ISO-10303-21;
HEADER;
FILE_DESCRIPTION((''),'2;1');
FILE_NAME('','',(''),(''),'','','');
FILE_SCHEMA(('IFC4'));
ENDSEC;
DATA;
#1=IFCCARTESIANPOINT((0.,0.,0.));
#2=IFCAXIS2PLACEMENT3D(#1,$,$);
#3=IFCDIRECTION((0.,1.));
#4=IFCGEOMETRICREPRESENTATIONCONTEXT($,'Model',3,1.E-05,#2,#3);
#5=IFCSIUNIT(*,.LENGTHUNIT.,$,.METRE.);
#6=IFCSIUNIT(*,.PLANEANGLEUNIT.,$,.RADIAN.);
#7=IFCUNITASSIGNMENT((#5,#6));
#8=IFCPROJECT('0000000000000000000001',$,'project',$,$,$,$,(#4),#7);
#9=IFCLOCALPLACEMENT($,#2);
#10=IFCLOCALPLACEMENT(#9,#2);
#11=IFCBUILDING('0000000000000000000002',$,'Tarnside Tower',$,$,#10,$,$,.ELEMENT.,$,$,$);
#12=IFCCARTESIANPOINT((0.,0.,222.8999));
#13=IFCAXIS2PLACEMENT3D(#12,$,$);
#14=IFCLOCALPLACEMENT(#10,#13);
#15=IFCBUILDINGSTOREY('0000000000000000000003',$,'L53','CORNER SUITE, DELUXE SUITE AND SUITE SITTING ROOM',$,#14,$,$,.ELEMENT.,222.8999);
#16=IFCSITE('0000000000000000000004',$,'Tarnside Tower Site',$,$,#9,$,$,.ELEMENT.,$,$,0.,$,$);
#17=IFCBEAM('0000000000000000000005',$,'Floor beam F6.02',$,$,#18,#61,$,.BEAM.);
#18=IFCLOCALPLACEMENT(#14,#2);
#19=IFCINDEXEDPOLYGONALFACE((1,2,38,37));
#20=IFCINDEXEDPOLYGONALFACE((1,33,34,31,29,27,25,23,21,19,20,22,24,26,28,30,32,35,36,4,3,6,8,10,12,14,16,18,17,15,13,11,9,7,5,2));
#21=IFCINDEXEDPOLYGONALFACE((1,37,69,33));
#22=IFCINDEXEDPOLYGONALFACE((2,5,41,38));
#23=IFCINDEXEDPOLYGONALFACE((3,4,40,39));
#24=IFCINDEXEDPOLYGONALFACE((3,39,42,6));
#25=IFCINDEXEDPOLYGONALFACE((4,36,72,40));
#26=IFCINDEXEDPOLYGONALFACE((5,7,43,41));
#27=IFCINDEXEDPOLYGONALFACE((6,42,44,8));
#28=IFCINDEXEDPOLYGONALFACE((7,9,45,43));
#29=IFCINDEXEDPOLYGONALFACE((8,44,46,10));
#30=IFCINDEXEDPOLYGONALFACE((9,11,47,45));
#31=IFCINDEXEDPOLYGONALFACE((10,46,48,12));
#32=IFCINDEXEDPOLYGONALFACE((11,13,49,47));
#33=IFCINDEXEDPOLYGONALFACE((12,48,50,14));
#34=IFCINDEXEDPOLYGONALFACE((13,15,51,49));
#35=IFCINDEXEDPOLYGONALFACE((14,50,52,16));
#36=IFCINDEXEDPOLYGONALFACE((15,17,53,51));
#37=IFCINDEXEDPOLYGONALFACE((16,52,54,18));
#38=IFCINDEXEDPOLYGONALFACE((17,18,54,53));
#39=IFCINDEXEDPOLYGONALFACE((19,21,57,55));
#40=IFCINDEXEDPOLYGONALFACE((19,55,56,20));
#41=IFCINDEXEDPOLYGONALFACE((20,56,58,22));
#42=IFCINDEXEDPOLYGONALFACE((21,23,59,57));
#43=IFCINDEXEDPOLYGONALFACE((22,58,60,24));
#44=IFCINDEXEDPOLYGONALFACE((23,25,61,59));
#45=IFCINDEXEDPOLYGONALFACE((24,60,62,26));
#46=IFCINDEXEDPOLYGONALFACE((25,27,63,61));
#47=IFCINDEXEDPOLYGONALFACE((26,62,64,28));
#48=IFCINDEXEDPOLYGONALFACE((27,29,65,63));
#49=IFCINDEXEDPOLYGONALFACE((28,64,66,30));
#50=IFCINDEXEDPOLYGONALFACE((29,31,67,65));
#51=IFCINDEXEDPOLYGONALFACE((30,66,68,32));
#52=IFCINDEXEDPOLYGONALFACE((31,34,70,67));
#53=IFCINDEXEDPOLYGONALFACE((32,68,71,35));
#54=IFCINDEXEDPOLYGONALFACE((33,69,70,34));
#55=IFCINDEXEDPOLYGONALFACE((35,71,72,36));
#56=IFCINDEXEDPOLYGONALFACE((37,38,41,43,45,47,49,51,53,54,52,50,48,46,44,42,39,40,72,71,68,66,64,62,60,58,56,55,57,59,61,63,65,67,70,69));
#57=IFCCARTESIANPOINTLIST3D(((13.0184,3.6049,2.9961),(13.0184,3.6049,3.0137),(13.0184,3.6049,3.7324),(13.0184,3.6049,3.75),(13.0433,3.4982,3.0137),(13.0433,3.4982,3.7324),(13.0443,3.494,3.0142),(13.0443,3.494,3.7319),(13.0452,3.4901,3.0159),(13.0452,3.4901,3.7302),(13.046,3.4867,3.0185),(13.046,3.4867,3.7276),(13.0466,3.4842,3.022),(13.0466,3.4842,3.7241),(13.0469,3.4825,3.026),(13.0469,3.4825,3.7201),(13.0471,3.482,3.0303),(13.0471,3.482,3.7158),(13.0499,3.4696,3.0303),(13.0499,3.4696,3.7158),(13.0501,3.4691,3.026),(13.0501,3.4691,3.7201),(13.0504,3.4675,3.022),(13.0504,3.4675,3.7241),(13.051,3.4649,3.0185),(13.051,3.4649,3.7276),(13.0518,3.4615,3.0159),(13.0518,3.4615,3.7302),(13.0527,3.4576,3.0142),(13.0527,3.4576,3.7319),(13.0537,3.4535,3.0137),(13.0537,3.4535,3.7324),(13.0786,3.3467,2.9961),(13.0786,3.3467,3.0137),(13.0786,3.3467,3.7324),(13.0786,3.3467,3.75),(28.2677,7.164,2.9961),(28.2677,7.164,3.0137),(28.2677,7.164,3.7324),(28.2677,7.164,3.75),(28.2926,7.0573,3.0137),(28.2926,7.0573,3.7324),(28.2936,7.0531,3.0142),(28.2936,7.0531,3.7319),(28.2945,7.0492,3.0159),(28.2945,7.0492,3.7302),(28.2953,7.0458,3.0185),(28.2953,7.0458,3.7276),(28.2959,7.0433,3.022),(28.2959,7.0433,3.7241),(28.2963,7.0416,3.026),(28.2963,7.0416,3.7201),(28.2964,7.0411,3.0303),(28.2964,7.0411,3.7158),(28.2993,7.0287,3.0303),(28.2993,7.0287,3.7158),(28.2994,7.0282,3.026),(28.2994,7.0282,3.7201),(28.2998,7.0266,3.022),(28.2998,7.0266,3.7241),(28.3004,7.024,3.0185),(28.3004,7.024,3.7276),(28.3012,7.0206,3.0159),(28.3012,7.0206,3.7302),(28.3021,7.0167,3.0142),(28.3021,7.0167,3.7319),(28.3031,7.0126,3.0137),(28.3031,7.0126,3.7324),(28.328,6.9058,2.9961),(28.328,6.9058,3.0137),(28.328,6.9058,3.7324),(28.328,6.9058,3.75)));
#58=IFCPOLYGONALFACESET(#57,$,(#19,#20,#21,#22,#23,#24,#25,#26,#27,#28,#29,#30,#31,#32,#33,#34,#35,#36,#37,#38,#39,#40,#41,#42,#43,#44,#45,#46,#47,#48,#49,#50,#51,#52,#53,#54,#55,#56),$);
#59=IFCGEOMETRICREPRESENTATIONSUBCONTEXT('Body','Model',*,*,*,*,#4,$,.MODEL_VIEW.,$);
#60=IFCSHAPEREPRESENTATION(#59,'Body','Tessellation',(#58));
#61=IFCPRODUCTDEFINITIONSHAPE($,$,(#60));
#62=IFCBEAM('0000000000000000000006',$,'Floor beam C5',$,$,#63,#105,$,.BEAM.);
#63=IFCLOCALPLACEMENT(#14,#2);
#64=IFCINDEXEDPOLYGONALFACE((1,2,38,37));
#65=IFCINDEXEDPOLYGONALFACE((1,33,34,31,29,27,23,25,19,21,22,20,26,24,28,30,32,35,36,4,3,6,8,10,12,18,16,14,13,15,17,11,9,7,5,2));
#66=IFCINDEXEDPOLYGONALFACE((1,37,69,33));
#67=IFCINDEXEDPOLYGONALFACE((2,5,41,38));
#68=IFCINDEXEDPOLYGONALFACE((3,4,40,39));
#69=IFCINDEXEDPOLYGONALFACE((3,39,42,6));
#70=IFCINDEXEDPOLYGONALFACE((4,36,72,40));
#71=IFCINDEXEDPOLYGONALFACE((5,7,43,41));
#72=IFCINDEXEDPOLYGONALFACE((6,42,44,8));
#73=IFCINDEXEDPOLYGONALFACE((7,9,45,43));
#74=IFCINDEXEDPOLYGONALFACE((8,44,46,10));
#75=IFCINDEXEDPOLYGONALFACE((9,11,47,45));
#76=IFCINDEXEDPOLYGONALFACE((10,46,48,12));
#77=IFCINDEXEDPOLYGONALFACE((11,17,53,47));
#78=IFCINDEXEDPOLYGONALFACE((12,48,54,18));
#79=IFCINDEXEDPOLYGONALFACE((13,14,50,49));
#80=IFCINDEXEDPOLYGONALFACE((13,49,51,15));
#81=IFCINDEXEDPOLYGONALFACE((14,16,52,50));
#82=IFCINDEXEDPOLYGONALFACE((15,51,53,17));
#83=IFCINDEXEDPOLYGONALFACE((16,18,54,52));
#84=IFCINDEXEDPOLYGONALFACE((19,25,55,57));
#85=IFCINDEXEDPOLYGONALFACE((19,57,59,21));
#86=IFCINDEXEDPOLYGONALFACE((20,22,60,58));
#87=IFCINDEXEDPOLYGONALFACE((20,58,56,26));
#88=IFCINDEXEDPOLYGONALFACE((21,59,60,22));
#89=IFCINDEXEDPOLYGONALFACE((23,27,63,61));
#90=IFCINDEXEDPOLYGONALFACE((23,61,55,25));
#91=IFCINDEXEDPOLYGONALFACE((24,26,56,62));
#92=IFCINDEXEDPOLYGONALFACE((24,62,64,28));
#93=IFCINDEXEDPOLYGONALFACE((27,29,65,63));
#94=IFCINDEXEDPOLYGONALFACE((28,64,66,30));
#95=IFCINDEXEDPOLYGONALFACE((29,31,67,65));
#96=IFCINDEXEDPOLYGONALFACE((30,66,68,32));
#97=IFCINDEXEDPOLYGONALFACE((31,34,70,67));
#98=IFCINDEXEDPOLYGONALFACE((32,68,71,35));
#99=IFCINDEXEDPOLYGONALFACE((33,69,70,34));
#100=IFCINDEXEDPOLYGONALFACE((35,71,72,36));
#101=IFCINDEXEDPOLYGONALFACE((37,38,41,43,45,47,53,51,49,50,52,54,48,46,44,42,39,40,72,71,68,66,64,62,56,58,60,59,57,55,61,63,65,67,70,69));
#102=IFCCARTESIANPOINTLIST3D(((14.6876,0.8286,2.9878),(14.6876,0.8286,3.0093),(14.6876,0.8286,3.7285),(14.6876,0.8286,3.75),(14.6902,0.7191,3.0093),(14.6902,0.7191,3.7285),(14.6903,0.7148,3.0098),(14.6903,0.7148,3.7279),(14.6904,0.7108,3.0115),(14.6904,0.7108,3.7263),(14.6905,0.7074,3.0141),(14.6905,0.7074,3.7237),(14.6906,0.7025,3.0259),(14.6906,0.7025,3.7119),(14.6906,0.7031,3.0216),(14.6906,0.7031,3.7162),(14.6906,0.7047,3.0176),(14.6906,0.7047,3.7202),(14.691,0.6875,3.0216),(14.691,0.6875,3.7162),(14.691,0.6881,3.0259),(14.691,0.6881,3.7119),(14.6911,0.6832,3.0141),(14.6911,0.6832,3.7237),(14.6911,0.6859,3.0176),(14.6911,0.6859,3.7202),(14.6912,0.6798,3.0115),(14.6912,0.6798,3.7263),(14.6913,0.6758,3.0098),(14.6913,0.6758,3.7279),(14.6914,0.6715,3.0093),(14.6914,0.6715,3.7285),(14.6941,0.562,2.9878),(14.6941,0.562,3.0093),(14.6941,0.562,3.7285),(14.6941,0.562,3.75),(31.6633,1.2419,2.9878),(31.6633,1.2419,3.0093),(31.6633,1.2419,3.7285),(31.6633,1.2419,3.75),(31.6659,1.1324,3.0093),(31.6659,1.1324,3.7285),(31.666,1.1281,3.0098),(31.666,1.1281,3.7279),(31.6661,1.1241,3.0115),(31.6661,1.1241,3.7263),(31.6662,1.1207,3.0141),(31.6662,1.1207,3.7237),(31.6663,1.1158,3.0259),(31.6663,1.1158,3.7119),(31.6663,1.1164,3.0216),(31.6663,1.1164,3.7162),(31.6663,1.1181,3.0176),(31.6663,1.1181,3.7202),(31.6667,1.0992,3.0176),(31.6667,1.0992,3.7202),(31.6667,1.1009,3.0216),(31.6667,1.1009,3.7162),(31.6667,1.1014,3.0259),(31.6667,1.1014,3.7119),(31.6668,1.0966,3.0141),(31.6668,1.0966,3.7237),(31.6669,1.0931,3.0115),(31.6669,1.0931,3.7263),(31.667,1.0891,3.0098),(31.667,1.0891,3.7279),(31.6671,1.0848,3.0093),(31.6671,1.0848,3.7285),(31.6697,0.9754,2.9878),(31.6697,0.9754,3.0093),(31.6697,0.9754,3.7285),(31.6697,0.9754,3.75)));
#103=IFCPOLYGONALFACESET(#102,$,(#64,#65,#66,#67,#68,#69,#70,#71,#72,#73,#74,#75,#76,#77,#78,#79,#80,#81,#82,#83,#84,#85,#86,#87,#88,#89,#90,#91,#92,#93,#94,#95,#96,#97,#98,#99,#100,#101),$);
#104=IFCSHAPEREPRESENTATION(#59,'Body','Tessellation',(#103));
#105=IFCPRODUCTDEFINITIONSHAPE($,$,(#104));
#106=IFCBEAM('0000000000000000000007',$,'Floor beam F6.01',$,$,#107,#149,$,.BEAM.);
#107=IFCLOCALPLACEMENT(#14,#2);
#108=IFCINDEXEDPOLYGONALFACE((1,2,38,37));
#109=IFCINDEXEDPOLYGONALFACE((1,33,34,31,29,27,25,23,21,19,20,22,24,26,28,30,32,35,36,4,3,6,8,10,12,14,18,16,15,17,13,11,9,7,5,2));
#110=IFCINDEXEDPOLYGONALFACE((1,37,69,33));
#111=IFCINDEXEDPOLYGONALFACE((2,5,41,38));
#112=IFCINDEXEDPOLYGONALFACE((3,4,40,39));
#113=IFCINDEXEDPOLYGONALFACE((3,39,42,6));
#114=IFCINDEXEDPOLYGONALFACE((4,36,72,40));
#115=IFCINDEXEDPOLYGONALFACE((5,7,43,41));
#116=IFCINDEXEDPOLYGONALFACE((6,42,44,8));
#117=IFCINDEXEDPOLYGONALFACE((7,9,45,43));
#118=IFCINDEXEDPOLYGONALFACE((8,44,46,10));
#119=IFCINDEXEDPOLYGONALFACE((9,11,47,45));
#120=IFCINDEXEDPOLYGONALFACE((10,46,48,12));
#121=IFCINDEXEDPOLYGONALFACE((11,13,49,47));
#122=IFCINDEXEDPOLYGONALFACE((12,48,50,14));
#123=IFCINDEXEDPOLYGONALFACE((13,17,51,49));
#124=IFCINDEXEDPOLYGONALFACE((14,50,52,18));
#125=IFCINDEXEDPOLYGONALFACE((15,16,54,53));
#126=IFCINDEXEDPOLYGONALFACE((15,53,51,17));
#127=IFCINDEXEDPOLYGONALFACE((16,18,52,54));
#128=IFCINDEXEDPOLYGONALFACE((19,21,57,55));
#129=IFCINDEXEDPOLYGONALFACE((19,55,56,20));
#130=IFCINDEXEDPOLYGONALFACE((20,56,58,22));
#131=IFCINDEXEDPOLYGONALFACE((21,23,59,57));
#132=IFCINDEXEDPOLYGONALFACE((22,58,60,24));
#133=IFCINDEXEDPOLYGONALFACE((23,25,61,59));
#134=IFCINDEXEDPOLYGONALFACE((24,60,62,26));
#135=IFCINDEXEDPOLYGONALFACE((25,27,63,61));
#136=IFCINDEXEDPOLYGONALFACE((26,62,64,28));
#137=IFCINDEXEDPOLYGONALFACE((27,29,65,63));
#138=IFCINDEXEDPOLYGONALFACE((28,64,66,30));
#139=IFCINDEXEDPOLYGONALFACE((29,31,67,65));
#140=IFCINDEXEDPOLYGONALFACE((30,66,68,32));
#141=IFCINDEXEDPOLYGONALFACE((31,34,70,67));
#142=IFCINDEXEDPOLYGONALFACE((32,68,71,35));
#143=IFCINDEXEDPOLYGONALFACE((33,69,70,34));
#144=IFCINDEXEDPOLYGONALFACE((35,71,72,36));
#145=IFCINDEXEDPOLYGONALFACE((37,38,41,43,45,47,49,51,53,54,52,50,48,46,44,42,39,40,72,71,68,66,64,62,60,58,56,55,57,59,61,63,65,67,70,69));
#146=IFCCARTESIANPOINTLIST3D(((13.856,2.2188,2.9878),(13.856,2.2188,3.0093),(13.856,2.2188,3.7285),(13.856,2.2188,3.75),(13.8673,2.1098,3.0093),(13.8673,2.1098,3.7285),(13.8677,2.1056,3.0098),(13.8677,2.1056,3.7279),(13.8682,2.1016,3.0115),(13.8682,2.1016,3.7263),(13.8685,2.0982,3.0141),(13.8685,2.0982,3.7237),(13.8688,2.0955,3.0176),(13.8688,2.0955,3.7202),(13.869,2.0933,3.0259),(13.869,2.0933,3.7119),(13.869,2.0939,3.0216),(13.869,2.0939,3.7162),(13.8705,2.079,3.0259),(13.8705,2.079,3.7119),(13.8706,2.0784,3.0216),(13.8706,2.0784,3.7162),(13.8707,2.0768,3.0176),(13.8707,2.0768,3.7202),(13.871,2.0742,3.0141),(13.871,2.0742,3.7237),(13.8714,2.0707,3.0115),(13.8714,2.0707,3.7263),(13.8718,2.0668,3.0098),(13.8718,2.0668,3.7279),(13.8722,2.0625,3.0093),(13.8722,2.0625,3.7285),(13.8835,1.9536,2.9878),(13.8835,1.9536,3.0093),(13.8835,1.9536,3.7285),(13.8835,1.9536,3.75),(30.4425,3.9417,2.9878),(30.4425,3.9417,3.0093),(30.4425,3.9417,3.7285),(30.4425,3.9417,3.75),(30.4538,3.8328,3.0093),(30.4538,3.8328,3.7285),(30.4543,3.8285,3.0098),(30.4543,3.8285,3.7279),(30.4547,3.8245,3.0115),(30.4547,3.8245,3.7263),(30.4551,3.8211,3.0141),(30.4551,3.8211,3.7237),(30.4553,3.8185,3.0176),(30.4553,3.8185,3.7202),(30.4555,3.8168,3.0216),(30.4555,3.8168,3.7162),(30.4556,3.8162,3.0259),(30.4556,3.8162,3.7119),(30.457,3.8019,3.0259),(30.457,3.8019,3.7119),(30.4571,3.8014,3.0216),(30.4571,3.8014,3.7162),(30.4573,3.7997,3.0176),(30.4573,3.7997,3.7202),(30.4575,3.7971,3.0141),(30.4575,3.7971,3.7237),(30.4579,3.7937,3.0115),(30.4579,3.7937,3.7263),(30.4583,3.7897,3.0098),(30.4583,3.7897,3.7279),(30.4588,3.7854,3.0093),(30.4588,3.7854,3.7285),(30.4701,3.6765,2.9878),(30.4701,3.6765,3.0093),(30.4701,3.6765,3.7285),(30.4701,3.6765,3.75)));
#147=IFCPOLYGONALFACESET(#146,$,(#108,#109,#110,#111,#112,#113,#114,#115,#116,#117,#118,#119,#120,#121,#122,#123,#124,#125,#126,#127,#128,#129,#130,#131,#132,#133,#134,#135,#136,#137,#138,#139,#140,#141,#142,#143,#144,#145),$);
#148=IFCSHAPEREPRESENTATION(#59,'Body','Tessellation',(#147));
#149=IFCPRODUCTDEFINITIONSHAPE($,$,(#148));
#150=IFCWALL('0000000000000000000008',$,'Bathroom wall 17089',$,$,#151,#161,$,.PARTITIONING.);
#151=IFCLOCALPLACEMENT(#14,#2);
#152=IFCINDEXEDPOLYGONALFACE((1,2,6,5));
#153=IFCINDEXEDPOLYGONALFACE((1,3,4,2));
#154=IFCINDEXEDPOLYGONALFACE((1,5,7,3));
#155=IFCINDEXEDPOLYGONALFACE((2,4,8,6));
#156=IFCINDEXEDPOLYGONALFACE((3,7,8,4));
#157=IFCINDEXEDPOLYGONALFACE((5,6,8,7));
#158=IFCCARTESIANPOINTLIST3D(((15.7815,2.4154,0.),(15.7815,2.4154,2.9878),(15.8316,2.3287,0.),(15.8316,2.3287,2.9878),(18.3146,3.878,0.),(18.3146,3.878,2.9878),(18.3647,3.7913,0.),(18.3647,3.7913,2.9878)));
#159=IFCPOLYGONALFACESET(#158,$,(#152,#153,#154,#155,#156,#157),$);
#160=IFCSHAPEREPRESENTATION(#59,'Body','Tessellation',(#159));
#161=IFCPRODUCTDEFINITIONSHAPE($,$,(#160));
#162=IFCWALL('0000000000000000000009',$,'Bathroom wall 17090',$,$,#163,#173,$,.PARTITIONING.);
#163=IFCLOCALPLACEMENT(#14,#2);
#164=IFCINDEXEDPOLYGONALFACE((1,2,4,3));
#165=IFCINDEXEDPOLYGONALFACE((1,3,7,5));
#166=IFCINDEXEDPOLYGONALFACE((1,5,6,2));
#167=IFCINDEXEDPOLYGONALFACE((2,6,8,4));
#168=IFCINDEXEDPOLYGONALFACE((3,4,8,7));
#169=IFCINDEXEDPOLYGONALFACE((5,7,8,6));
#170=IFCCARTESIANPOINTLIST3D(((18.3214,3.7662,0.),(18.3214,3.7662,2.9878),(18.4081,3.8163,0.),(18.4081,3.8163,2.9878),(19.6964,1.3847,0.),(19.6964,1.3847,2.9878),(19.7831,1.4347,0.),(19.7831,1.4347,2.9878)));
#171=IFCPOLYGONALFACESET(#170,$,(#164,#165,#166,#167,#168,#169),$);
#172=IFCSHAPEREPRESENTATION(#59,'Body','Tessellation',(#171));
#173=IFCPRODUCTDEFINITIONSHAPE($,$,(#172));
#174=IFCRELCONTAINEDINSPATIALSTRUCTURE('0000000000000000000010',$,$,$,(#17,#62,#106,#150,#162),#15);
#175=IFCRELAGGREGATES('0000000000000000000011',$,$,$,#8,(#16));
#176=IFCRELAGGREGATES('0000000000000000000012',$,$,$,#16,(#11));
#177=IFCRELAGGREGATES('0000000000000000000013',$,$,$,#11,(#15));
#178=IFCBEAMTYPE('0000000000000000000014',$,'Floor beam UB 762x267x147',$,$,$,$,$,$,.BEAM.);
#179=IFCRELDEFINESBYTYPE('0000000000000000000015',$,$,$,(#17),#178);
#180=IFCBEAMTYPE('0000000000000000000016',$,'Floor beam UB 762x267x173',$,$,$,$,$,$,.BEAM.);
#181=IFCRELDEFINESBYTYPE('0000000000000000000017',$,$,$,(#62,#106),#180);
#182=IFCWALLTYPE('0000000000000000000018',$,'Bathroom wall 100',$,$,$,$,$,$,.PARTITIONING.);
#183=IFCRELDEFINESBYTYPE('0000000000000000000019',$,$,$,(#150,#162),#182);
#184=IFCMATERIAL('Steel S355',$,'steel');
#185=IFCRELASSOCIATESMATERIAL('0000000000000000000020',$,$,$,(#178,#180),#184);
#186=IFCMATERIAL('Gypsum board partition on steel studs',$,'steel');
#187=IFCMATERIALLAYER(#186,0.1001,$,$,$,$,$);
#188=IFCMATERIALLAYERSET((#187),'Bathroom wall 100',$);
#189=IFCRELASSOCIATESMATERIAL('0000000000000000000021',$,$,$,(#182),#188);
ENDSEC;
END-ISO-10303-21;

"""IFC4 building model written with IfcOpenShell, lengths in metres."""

from ifc_helpers import new_model, si_unit, direction, frame, frame_2d, origin, origin_2d, place, context, subcontext, project, spatial, rectangle, i_section, extrude, material, layer, layer_set, material_profile, profile_set, type_object, element, save


model = new_model("IFC4")

# Units and contexts
model_context = context("Model", 3, precision=1e-05, world=origin(), true_north=direction((0.0, 1.0)))
body_context = subcontext(model_context, "Body", "Model", "MODEL_VIEW")
ifc_project = project(units=[si_unit("LENGTHUNIT", "METRE"), si_unit("PLANEANGLEUNIT", "RADIAN")], contexts=[model_context])

# Site, building, storey
site_placement = place(None, origin())
site = spatial("IfcSite", under=ifc_project, at=site_placement, Name="Tarnside Tower Site", CompositionType="ELEMENT", RefElevation=0.0)
building_placement = place(site_placement, origin())
building = spatial("IfcBuilding", under=site, at=building_placement, Name="Tarnside Tower", CompositionType="ELEMENT")
storey_placement = place(building_placement, frame((0.0, 0.0, 222.8999)))
storey = spatial("IfcBuildingStorey", under=building, at=storey_placement, Name="L53", Description="CORNER SUITE, DELUXE SUITE AND SUITE SITTING ROOM", CompositionType="ELEMENT", Elevation=222.8999)

# Beams
ifc_material_1 = material(Name="Steel S355", Category="steel")
ifc_material_profile_1 = material_profile(ifc_material_1, i_section(OverallWidth=0.2651, OverallDepth=0.7539, WebThickness=0.0127, FlangeThickness=0.0176, FilletRadius=0.0166, at=origin_2d()), Name="UB 762x267x147")
ifc_profile_set_1 = profile_set([ifc_material_profile_1], Name="Steel S355")
beam_type_1 = type_object("IfcBeamType", Name="Floor beam UB 762x267x147", PredefinedType="BEAM", material=ifc_profile_set_1)
beam_1_placement = place(storey_placement, frame((28.2979, 7.0349, 3.373), z_axis=(-0.973828, -0.227285, 0.0), x_axis=(0.227285, -0.973828, 0.0)))
element("IfcBeam", 1, at=beam_1_placement, inside=storey, type_object=beam_type_1, Name="Floor beam F6.02", PredefinedType="BEAM", context=body_context, shape_type="SweptSolid", body=[
    extrude(i_section(OverallWidth=0.2651, OverallDepth=0.7539, WebThickness=0.0127, FlangeThickness=0.0176, FilletRadius=0.0166, at=origin_2d()), origin(), (0.0, 0.0, 1.0), 15.6592),
])
ifc_material_profile_2 = material_profile(ifc_material_1, i_section(OverallWidth=0.2666, OverallDepth=0.7622, WebThickness=0.0144, FlangeThickness=0.0215, FilletRadius=0.0166, at=origin_2d()), Name="UB 762x267x173")
ifc_profile_set_2 = profile_set([ifc_material_profile_2], Name="Steel S355")
beam_type_2 = type_object("IfcBeamType", Name="Floor beam UB 762x267x173", PredefinedType="BEAM", material=ifc_profile_set_2)
beam_2_placement = place(storey_placement, frame((31.6665, 1.1086, 3.3689), z_axis=(-0.999704, -0.024341, 0.0), x_axis=(0.024341, -0.999704, 0.0)))
element("IfcBeam", 2, at=beam_2_placement, inside=storey, type_object=beam_type_2, Name="Floor beam C5", PredefinedType="BEAM", context=body_context, shape_type="SweptSolid", body=[
    extrude(i_section(OverallWidth=0.2666, OverallDepth=0.7622, WebThickness=0.0144, FlangeThickness=0.0215, FilletRadius=0.0166, at=origin_2d()), origin(), (0.0, 0.0, 1.0), 16.9807),
])
beam_3_placement = place(storey_placement, frame((30.4563, 3.8091, 3.3689), z_axis=(-0.994648, -0.103318, 0.0), x_axis=(0.103318, -0.994648, 0.0)))
element("IfcBeam", 3, at=beam_3_placement, inside=storey, type_object=beam_type_2, Name="Floor beam F6.01", PredefinedType="BEAM", context=body_context, shape_type="SweptSolid", body=[
    extrude(i_section(OverallWidth=0.2666, OverallDepth=0.7622, WebThickness=0.0144, FlangeThickness=0.0215, FilletRadius=0.0166, at=origin_2d()), origin(), (0.0, 0.0, 1.0), 16.6758),
])

# Walls
ifc_material_2 = material(Name="Gypsum board partition on steel studs", Category="steel")
ifc_layer_1 = layer(ifc_material_2, 0.1001)
ifc_layer_set_1 = layer_set([ifc_layer_1], Name="Bathroom wall 100")
wall_type_1 = type_object("IfcWallType", Name="Bathroom wall 100", PredefinedType="PARTITIONING", material=ifc_layer_set_1)
wall_1_placement = place(storey_placement, frame((15.8066, 2.3721, 0.0), z_axis=(0.0, 0.0, 1.0), x_axis=(0.86601, 0.500026, 0.0)))
element("IfcWall", 4, at=wall_1_placement, inside=storey, type_object=wall_type_1, Name="Bathroom wall 17089", PredefinedType="PARTITIONING", context=body_context, shape_type="SweptSolid", body=[
    extrude(rectangle(XDim=2.925, YDim=0.1001, at=frame_2d((1.4624, 0.0))), origin(), (0.0, 0.0, 1.0), 2.9878),
])
wall_2_placement = place(storey_placement, frame((18.3647, 3.7913, 0.0), z_axis=(0.0, 0.0, 1.0), x_axis=(0.499997, -0.866027, 0.0)))
element("IfcWall", 5, at=wall_2_placement, inside=storey, type_object=wall_type_1, Name="Bathroom wall 17090", PredefinedType="PARTITIONING", context=body_context, shape_type="SweptSolid", body=[
    extrude(rectangle(XDim=2.75, YDim=0.1001, at=frame_2d((1.375, 0.0))), origin(), (0.0, 0.0, 1.0), 2.9878),
])

save(model, "model.ifc")
